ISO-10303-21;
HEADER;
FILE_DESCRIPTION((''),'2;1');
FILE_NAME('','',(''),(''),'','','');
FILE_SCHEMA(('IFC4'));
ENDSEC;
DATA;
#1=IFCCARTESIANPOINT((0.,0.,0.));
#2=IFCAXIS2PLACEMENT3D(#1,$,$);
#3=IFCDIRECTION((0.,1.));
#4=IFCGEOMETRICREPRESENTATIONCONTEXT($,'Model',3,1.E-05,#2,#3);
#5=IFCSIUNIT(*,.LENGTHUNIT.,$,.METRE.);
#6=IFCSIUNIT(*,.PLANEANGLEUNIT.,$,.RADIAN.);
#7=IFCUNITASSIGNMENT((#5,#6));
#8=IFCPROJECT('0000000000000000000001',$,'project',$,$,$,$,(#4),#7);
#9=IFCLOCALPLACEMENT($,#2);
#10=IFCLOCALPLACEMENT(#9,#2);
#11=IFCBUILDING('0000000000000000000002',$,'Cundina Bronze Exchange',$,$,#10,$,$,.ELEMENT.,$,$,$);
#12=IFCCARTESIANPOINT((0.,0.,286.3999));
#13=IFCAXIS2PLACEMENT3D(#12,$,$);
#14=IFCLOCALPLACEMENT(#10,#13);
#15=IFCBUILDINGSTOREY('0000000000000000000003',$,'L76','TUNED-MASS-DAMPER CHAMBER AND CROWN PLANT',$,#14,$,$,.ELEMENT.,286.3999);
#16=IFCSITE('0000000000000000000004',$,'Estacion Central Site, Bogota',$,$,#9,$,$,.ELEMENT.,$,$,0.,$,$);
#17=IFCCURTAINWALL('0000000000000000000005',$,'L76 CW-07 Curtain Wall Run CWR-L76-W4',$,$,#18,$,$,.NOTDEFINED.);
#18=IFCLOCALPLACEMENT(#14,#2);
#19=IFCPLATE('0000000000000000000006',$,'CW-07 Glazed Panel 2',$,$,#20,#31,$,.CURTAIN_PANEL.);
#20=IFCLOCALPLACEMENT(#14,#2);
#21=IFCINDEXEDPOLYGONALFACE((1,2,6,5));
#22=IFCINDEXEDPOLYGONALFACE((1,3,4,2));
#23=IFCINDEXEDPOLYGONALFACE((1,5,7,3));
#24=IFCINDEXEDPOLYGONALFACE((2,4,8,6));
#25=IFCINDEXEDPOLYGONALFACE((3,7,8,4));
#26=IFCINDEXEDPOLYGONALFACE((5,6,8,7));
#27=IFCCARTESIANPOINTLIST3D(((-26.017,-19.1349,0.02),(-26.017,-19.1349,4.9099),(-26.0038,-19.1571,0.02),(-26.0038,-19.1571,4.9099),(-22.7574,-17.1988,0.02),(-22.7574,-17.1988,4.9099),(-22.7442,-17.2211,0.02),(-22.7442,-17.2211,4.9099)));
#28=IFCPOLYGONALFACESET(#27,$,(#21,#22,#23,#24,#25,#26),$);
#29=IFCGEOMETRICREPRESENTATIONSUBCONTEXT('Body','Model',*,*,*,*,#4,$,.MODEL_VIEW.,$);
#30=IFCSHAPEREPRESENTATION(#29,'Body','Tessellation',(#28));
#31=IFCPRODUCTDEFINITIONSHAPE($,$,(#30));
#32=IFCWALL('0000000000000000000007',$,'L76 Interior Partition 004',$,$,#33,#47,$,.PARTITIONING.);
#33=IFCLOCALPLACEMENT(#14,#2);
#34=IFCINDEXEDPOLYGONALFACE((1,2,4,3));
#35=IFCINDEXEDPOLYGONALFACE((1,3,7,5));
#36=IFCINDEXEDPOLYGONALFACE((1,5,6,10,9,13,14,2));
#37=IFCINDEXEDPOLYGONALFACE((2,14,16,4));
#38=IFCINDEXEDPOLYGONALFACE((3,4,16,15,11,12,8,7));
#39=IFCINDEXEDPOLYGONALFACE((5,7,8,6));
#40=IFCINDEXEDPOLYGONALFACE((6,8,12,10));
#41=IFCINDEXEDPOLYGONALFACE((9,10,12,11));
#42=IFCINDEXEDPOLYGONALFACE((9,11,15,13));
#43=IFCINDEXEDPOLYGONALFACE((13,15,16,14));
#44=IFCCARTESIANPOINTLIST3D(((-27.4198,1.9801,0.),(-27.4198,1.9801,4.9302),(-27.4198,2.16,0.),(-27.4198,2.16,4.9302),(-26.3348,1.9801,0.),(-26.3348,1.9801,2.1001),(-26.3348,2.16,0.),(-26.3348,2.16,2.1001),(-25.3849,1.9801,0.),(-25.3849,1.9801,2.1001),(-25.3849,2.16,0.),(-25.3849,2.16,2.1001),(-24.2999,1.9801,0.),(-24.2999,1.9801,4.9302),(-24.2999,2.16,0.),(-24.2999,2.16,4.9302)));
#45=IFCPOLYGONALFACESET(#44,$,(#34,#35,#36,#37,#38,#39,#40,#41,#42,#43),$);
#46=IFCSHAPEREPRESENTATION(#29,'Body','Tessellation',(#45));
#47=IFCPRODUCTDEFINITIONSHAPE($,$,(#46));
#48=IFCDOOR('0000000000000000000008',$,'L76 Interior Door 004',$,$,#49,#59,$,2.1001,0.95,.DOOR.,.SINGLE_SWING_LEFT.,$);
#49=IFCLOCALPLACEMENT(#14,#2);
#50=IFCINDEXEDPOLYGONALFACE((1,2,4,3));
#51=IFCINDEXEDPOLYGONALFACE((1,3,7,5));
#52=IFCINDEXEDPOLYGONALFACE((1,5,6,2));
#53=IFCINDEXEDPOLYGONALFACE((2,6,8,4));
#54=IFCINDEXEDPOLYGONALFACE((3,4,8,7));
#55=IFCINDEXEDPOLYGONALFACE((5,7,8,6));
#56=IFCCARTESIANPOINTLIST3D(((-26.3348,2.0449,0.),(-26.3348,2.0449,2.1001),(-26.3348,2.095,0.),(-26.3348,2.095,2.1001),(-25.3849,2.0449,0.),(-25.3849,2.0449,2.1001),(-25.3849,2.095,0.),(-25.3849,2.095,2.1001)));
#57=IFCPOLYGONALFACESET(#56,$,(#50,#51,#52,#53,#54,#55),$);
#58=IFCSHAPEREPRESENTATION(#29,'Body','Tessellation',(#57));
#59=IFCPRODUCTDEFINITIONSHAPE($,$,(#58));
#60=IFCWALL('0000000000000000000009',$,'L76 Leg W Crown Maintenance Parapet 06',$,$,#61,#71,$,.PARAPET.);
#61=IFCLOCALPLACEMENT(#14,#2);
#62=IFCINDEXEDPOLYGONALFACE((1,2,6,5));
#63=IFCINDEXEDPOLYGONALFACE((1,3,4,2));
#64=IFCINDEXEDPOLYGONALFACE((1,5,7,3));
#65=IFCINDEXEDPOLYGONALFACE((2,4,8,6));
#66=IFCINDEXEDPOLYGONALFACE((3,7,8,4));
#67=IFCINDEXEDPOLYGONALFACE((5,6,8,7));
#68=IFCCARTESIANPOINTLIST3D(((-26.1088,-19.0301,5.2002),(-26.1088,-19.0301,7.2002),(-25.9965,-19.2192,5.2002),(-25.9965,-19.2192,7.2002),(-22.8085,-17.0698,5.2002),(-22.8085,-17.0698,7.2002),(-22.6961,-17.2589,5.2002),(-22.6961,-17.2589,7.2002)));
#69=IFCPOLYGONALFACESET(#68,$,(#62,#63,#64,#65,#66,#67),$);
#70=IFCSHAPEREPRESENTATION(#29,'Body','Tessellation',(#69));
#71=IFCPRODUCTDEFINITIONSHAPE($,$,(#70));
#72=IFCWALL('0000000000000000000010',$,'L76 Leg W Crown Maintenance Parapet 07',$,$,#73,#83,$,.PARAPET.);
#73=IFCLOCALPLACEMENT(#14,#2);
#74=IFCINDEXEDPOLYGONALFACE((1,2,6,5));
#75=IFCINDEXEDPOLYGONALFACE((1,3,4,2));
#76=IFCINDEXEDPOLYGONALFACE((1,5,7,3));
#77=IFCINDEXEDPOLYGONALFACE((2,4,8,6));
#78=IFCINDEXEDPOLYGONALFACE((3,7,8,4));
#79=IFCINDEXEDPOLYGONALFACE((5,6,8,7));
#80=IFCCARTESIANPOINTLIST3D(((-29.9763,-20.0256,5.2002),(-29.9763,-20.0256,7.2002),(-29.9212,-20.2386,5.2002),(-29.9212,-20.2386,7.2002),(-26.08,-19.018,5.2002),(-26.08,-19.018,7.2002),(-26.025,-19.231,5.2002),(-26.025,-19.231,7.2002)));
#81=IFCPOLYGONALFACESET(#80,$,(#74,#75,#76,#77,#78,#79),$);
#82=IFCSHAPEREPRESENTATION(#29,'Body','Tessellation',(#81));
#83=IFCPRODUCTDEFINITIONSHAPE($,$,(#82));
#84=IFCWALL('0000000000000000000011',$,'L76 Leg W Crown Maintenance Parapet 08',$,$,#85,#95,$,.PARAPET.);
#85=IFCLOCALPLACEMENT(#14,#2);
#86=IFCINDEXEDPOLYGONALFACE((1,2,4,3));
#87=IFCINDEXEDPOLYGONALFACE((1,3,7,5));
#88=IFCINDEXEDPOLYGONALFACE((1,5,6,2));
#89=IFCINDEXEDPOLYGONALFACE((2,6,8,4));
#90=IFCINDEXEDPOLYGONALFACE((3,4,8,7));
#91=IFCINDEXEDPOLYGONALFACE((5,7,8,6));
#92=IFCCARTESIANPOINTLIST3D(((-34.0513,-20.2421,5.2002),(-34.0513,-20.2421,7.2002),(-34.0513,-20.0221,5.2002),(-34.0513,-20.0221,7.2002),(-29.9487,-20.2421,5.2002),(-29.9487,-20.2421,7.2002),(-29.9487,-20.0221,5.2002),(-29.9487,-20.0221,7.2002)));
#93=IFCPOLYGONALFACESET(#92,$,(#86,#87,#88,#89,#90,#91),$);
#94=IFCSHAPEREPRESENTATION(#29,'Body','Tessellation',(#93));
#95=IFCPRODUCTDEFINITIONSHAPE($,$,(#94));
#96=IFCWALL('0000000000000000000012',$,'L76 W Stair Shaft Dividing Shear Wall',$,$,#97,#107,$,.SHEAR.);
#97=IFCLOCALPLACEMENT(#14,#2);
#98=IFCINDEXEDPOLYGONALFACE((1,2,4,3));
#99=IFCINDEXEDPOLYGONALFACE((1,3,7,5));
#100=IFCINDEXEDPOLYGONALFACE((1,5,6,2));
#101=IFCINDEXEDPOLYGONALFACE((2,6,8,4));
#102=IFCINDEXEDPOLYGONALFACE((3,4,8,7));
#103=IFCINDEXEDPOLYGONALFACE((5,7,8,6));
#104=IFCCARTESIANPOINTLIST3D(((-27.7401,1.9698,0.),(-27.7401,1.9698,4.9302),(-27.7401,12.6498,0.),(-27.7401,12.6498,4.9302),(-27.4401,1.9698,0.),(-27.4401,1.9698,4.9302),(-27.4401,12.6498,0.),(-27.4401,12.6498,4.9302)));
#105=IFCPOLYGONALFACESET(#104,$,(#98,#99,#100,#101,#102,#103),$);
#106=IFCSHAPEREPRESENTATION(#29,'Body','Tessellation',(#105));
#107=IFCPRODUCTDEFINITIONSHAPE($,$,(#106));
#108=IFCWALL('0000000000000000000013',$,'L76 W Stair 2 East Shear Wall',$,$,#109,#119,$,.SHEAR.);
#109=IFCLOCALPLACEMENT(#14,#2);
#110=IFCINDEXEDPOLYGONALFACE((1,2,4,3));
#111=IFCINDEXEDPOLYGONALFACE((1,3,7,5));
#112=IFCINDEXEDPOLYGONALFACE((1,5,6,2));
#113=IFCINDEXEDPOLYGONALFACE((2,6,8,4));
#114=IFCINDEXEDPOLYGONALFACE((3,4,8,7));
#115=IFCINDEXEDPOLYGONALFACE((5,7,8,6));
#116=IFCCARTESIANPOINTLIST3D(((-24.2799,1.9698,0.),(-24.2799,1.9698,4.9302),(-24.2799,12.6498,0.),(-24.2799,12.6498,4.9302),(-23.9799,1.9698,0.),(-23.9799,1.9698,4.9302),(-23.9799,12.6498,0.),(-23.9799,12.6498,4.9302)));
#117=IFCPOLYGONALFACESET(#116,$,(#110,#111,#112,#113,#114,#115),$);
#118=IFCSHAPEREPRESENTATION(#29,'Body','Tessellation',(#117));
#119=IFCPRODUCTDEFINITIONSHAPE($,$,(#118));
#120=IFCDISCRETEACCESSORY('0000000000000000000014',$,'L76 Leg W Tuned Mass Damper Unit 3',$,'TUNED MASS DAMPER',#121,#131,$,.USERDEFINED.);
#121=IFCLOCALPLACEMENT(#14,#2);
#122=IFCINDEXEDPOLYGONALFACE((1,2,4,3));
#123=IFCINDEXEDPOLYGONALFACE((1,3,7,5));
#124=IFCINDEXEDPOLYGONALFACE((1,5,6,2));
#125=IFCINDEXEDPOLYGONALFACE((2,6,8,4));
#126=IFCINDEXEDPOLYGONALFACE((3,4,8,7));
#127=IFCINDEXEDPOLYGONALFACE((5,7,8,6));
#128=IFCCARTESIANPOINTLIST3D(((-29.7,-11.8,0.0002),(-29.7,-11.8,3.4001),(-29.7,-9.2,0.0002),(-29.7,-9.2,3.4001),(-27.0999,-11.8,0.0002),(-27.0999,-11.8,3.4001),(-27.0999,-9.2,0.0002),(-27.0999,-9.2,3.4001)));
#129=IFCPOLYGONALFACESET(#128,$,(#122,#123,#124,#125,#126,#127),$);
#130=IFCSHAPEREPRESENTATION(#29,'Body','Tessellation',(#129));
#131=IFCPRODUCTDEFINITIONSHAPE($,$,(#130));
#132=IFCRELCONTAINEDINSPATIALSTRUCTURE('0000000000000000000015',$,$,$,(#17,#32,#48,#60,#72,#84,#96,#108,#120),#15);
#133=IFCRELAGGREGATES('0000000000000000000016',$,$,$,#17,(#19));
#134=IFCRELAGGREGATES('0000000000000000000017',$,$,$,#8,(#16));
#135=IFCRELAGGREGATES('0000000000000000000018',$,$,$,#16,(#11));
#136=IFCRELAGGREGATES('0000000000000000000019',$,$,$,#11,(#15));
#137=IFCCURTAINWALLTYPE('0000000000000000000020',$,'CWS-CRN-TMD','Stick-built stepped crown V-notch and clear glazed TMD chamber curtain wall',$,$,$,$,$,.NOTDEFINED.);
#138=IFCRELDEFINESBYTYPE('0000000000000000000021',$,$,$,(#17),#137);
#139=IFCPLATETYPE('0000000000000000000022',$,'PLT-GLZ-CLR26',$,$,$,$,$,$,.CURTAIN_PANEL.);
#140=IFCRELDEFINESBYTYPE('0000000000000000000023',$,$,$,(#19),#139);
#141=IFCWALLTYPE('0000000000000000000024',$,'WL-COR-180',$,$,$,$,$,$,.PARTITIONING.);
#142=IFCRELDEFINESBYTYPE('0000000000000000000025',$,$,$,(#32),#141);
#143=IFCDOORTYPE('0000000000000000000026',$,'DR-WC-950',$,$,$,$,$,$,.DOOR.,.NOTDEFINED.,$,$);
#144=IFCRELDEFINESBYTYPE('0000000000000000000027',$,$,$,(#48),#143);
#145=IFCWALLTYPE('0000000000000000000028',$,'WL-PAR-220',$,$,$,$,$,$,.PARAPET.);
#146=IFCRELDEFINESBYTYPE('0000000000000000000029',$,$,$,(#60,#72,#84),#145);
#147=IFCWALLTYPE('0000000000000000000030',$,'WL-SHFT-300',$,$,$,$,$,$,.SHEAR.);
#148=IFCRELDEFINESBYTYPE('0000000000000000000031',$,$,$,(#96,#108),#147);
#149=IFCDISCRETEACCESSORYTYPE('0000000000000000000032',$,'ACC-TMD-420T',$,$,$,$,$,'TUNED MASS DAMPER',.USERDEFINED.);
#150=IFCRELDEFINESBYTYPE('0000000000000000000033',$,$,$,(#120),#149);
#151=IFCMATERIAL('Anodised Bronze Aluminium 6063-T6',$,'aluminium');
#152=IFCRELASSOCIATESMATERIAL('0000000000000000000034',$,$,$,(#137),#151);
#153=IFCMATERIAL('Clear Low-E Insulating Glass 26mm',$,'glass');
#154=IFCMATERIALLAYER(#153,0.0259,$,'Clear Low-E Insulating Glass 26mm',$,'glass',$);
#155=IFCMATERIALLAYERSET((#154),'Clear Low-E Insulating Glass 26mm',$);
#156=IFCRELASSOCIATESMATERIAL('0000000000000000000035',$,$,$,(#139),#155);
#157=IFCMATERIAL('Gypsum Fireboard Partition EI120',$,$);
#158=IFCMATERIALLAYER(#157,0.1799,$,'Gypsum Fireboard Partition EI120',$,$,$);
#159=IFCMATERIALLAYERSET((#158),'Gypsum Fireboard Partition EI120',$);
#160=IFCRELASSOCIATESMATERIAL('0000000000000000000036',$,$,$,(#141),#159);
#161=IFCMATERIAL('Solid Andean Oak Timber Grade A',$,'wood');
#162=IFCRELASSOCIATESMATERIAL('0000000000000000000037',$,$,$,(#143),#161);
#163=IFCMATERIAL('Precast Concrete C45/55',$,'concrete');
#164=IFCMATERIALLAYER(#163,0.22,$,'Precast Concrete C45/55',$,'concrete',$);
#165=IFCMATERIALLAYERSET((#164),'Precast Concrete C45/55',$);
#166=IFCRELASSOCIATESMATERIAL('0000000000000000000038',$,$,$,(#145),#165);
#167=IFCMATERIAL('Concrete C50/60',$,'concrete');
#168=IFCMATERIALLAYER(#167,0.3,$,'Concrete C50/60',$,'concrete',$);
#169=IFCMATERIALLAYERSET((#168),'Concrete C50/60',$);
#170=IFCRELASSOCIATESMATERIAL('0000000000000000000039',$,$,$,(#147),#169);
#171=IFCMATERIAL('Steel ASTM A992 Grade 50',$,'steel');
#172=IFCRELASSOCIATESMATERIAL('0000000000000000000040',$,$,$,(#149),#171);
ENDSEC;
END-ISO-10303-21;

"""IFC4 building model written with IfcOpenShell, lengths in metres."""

from ifc_helpers import new_model, si_unit, direction, frame, frame_2d, origin, origin_2d, place, context, subcontext, project, spatial, rectangle, extrude, material, layer, layer_set, type_object, element, fill, aggregate, save


model = new_model("IFC4")

# Units and contexts
model_context = context("Model", 3, precision=1e-05, world=origin(), true_north=direction((0.0, 1.0)))
body_context = subcontext(model_context, "Body", "Model", "MODEL_VIEW")
ifc_project = project(units=[si_unit("LENGTHUNIT", "METRE"), si_unit("PLANEANGLEUNIT", "RADIAN")], contexts=[model_context])

# Site, building, storey
site_placement = place(None, origin())
site = spatial("IfcSite", under=ifc_project, at=site_placement, Name="Estacion Central Site, Bogota", CompositionType="ELEMENT", RefElevation=0.0)
building_placement = place(site_placement, origin())
building = spatial("IfcBuilding", under=site, at=building_placement, Name="Cundina Bronze Exchange", CompositionType="ELEMENT")
storey_placement = place(building_placement, frame((0.0, 0.0, 286.3999)))
storey = spatial("IfcBuildingStorey", under=building, at=storey_placement, Name="L76", Description="TUNED-MASS-DAMPER CHAMBER AND CROWN PLANT", CompositionType="ELEMENT", Elevation=286.3999)

# Shared definitions
ifc_material_1 = material(Name="Steel ASTM A992 Grade 50", Category="steel")

# Shared definitions
ifc_material_2 = material(Name="Anodised Bronze Aluminium 6063-T6", Category="aluminium")
curtain_wall_type = type_object("IfcCurtainWallType", Name="CWS-CRN-TMD", Description="Stick-built stepped crown V-notch and clear glazed TMD chamber curtain wall", PredefinedType="NOTDEFINED", material=ifc_material_2)

# Curtain wall
curtain_wall_1_placement = place(storey_placement, origin())
curtain_wall_1 = element("IfcCurtainWall", 1, at=curtain_wall_1_placement, inside=storey, type_object=curtain_wall_type, Name="L76 CW-07 Curtain Wall Run CWR-L76-W4", PredefinedType="NOTDEFINED")

# Plate
ifc_material_3 = material(Name="Clear Low-E Insulating Glass 26mm", Category="glass")
ifc_layer_1 = layer(ifc_material_3, 0.0259, Name="Clear Low-E Insulating Glass 26mm", Category="glass")
ifc_layer_set_1 = layer_set([ifc_layer_1], Name="Clear Low-E Insulating Glass 26mm")
plate_type_1 = type_object("IfcPlateType", Name="PLT-GLZ-CLR26", PredefinedType="CURTAIN_PANEL", material=ifc_layer_set_1)
plate_1_placement = place(storey_placement, frame((-24.3806, -18.178, 0.02), z_axis=(0.0, 0.0, 1.0), x_axis=(0.859781, 0.510663, 0.0)))
plate_1 = element("IfcPlate", 2, at=plate_1_placement, type_object=plate_type_1, Name="CW-07 Glazed Panel 2", PredefinedType="CURTAIN_PANEL", context=body_context, shape_type="SweptSolid", body=[
    extrude(rectangle(XDim=3.7913, YDim=0.0259, at=origin_2d()), origin(), (0.0, 0.0, 1.0), 4.8899),
])
aggregate(curtain_wall_1, [plate_1])

# Wall, opening, door
ifc_material_4 = material(Name="Gypsum Fireboard Partition EI120")
ifc_layer_2 = layer(ifc_material_4, 0.1799, Name="Gypsum Fireboard Partition EI120")
ifc_layer_set_2 = layer_set([ifc_layer_2], Name="Gypsum Fireboard Partition EI120")
wall_type_1 = type_object("IfcWallType", Name="WL-COR-180", PredefinedType="PARTITIONING", material=ifc_layer_set_2)
wall_1_placement = place(storey_placement, frame((-27.4199, 2.0701, 0.0), z_axis=(0.0, 0.0, 1.0), x_axis=(1.0, 0.0, 0.0)))
wall_1 = element("IfcWall", 3, at=wall_1_placement, inside=storey, type_object=wall_type_1, Name="L76 Interior Partition 004", PredefinedType="PARTITIONING", context=body_context, shape_type="SweptSolid", body=[
    extrude(rectangle(XDim=3.1199, YDim=0.1799, at=frame_2d((1.5601, 0.0))), origin(), (0.0, 0.0, 1.0), 4.9302),
])
opening_1_placement = place(wall_1_placement, frame((1.085, 0.0, 0.0)))
opening_1 = element("IfcOpeningElement", 4, at=opening_1_placement, cuts=wall_1, PredefinedType="OPENING", context=body_context, shape_type="SweptSolid", body=[
    extrude(rectangle(XDim=0.95, YDim=2.1001, at=frame_2d((0.4751, 1.05))), frame((0.0, 0.0999, 0.0), z_axis=(0.0, -1.0, 0.0), x_axis=(1.0, 0.0, 0.0)), (0.0, 0.0, 1.0), 0.2),
])
ifc_material_5 = material(Name="Solid Andean Oak Timber Grade A", Category="wood")
door_type_1 = type_object("IfcDoorType", Name="DR-WC-950", OperationType="NOTDEFINED", PredefinedType="DOOR", material=ifc_material_5)
door_1_placement = place(opening_1_placement, origin())
door_1 = element("IfcDoor", 5, at=door_1_placement, inside=storey, type_object=door_type_1, Name="L76 Interior Door 004", OperationType="SINGLE_SWING_LEFT", OverallHeight=2.1001, OverallWidth=0.95, PredefinedType="DOOR", context=body_context, shape_type="SweptSolid", body=[
    extrude(rectangle(XDim=0.95, YDim=2.1001, at=frame_2d((0.4751, 1.05))), frame((0.0, 0.0249, 0.0), z_axis=(0.0, -1.0, 0.0), x_axis=(1.0, 0.0, 0.0)), (0.0, 0.0, 1.0), 0.05),
])
fill(opening_1, door_1)

# Walls
ifc_material_6 = material(Name="Precast Concrete C45/55", Category="concrete")
ifc_layer_3 = layer(ifc_material_6, 0.22, Name="Precast Concrete C45/55", Category="concrete")
ifc_layer_set_3 = layer_set([ifc_layer_3], Name="Precast Concrete C45/55")
wall_type_2 = type_object("IfcWallType", Name="WL-PAR-220", PredefinedType="PARAPET", material=ifc_layer_set_3)
wall_2_placement = place(storey_placement, frame((-22.7522, -17.1643, 5.2002), z_axis=(0.0, 0.0, 1.0), x_axis=(-0.85978, -0.510665, 0.0)))
element("IfcWall", 6, at=wall_2_placement, inside=storey, type_object=wall_type_2, Name="L76 Leg W Crown Maintenance Parapet 06", PredefinedType="PARAPET", context=body_context, shape_type="SweptSolid", body=[
    extrude(rectangle(XDim=3.8386, YDim=0.22, at=frame_2d((1.9194, 0.0))), origin(), (0.0, 0.0, 1.0), 2.0),
])
wall_3_placement = place(storey_placement, frame((-26.0525, -19.1245, 5.2002), z_axis=(0.0, 0.0, 1.0), x_axis=(-0.968152, -0.250364, 0.0)))
element("IfcWall", 7, at=wall_3_placement, inside=storey, type_object=wall_type_2, Name="L76 Leg W Crown Maintenance Parapet 07", PredefinedType="PARAPET", context=body_context, shape_type="SweptSolid", body=[
    extrude(rectangle(XDim=4.0244, YDim=0.22, at=frame_2d((2.0122, 0.0))), origin(), (0.0, 0.0, 1.0), 2.0),
])
wall_4_placement = place(storey_placement, frame((-29.9487, -20.1321, 5.2002), z_axis=(0.0, 0.0, 1.0), x_axis=(-1.0, 0.0, 0.0)))
element("IfcWall", 8, at=wall_4_placement, inside=storey, type_object=wall_type_2, Name="L76 Leg W Crown Maintenance Parapet 08", PredefinedType="PARAPET", context=body_context, shape_type="SweptSolid", body=[
    extrude(rectangle(XDim=4.1025, YDim=0.22, at=frame_2d((2.0513, 0.0))), origin(), (0.0, 0.0, 1.0), 2.0),
])
ifc_material_7 = material(Name="Concrete C50/60", Category="concrete")
ifc_layer_4 = layer(ifc_material_7, 0.3, Name="Concrete C50/60", Category="concrete")
ifc_layer_set_4 = layer_set([ifc_layer_4], Name="Concrete C50/60")
wall_type_3 = type_object("IfcWallType", Name="WL-SHFT-300", PredefinedType="SHEAR", material=ifc_layer_set_4)
for number, where, z_axis, x_axis, name in (
    (9, (-27.5901, 1.97, 0.0), (0.0, 0.0, 1.0), (0.0, 1.0, 0.0), "L76 W Stair Shaft Dividing Shear Wall"),
    (10, (-24.1299, 1.97, 0.0), (0.0, 0.0, 1.0), (0.0, 1.0, 0.0), "L76 W Stair 2 East Shear Wall"),
):
    element("IfcWall", number, at=place(storey_placement, frame(where, z_axis=z_axis, x_axis=x_axis)), inside=storey, type_object=wall_type_3, Name=name, PredefinedType="SHEAR", context=body_context, shape_type="SweptSolid", body=[
        extrude(rectangle(XDim=10.6799, YDim=0.3, at=frame_2d((5.3398, 0.0))), origin(), (0.0, 0.0, 1.0), 4.9302),
    ])

# Discrete accessory
discrete_accessory_type = type_object("IfcDiscreteAccessoryType", Name="ACC-TMD-420T", ElementType="TUNED MASS DAMPER", PredefinedType="USERDEFINED", material=ifc_material_1)
discrete_accessory_placement = place(storey_placement, frame((-28.3999, -10.5, 0.0002), z_axis=(0.0, 0.0, 1.0), x_axis=(1.0, 0.0, 0.0)))
element("IfcDiscreteAccessory", 11, at=discrete_accessory_placement, inside=storey, type_object=discrete_accessory_type, Name="L76 Leg W Tuned Mass Damper Unit 3", ObjectType="TUNED MASS DAMPER", PredefinedType="USERDEFINED", context=body_context, shape_type="SweptSolid", body=[
    extrude(rectangle(XDim=2.6001, YDim=2.6001, at=origin_2d()), origin(), (0.0, 0.0, 1.0), 3.3999),
])

save(model, "model.ifc")
